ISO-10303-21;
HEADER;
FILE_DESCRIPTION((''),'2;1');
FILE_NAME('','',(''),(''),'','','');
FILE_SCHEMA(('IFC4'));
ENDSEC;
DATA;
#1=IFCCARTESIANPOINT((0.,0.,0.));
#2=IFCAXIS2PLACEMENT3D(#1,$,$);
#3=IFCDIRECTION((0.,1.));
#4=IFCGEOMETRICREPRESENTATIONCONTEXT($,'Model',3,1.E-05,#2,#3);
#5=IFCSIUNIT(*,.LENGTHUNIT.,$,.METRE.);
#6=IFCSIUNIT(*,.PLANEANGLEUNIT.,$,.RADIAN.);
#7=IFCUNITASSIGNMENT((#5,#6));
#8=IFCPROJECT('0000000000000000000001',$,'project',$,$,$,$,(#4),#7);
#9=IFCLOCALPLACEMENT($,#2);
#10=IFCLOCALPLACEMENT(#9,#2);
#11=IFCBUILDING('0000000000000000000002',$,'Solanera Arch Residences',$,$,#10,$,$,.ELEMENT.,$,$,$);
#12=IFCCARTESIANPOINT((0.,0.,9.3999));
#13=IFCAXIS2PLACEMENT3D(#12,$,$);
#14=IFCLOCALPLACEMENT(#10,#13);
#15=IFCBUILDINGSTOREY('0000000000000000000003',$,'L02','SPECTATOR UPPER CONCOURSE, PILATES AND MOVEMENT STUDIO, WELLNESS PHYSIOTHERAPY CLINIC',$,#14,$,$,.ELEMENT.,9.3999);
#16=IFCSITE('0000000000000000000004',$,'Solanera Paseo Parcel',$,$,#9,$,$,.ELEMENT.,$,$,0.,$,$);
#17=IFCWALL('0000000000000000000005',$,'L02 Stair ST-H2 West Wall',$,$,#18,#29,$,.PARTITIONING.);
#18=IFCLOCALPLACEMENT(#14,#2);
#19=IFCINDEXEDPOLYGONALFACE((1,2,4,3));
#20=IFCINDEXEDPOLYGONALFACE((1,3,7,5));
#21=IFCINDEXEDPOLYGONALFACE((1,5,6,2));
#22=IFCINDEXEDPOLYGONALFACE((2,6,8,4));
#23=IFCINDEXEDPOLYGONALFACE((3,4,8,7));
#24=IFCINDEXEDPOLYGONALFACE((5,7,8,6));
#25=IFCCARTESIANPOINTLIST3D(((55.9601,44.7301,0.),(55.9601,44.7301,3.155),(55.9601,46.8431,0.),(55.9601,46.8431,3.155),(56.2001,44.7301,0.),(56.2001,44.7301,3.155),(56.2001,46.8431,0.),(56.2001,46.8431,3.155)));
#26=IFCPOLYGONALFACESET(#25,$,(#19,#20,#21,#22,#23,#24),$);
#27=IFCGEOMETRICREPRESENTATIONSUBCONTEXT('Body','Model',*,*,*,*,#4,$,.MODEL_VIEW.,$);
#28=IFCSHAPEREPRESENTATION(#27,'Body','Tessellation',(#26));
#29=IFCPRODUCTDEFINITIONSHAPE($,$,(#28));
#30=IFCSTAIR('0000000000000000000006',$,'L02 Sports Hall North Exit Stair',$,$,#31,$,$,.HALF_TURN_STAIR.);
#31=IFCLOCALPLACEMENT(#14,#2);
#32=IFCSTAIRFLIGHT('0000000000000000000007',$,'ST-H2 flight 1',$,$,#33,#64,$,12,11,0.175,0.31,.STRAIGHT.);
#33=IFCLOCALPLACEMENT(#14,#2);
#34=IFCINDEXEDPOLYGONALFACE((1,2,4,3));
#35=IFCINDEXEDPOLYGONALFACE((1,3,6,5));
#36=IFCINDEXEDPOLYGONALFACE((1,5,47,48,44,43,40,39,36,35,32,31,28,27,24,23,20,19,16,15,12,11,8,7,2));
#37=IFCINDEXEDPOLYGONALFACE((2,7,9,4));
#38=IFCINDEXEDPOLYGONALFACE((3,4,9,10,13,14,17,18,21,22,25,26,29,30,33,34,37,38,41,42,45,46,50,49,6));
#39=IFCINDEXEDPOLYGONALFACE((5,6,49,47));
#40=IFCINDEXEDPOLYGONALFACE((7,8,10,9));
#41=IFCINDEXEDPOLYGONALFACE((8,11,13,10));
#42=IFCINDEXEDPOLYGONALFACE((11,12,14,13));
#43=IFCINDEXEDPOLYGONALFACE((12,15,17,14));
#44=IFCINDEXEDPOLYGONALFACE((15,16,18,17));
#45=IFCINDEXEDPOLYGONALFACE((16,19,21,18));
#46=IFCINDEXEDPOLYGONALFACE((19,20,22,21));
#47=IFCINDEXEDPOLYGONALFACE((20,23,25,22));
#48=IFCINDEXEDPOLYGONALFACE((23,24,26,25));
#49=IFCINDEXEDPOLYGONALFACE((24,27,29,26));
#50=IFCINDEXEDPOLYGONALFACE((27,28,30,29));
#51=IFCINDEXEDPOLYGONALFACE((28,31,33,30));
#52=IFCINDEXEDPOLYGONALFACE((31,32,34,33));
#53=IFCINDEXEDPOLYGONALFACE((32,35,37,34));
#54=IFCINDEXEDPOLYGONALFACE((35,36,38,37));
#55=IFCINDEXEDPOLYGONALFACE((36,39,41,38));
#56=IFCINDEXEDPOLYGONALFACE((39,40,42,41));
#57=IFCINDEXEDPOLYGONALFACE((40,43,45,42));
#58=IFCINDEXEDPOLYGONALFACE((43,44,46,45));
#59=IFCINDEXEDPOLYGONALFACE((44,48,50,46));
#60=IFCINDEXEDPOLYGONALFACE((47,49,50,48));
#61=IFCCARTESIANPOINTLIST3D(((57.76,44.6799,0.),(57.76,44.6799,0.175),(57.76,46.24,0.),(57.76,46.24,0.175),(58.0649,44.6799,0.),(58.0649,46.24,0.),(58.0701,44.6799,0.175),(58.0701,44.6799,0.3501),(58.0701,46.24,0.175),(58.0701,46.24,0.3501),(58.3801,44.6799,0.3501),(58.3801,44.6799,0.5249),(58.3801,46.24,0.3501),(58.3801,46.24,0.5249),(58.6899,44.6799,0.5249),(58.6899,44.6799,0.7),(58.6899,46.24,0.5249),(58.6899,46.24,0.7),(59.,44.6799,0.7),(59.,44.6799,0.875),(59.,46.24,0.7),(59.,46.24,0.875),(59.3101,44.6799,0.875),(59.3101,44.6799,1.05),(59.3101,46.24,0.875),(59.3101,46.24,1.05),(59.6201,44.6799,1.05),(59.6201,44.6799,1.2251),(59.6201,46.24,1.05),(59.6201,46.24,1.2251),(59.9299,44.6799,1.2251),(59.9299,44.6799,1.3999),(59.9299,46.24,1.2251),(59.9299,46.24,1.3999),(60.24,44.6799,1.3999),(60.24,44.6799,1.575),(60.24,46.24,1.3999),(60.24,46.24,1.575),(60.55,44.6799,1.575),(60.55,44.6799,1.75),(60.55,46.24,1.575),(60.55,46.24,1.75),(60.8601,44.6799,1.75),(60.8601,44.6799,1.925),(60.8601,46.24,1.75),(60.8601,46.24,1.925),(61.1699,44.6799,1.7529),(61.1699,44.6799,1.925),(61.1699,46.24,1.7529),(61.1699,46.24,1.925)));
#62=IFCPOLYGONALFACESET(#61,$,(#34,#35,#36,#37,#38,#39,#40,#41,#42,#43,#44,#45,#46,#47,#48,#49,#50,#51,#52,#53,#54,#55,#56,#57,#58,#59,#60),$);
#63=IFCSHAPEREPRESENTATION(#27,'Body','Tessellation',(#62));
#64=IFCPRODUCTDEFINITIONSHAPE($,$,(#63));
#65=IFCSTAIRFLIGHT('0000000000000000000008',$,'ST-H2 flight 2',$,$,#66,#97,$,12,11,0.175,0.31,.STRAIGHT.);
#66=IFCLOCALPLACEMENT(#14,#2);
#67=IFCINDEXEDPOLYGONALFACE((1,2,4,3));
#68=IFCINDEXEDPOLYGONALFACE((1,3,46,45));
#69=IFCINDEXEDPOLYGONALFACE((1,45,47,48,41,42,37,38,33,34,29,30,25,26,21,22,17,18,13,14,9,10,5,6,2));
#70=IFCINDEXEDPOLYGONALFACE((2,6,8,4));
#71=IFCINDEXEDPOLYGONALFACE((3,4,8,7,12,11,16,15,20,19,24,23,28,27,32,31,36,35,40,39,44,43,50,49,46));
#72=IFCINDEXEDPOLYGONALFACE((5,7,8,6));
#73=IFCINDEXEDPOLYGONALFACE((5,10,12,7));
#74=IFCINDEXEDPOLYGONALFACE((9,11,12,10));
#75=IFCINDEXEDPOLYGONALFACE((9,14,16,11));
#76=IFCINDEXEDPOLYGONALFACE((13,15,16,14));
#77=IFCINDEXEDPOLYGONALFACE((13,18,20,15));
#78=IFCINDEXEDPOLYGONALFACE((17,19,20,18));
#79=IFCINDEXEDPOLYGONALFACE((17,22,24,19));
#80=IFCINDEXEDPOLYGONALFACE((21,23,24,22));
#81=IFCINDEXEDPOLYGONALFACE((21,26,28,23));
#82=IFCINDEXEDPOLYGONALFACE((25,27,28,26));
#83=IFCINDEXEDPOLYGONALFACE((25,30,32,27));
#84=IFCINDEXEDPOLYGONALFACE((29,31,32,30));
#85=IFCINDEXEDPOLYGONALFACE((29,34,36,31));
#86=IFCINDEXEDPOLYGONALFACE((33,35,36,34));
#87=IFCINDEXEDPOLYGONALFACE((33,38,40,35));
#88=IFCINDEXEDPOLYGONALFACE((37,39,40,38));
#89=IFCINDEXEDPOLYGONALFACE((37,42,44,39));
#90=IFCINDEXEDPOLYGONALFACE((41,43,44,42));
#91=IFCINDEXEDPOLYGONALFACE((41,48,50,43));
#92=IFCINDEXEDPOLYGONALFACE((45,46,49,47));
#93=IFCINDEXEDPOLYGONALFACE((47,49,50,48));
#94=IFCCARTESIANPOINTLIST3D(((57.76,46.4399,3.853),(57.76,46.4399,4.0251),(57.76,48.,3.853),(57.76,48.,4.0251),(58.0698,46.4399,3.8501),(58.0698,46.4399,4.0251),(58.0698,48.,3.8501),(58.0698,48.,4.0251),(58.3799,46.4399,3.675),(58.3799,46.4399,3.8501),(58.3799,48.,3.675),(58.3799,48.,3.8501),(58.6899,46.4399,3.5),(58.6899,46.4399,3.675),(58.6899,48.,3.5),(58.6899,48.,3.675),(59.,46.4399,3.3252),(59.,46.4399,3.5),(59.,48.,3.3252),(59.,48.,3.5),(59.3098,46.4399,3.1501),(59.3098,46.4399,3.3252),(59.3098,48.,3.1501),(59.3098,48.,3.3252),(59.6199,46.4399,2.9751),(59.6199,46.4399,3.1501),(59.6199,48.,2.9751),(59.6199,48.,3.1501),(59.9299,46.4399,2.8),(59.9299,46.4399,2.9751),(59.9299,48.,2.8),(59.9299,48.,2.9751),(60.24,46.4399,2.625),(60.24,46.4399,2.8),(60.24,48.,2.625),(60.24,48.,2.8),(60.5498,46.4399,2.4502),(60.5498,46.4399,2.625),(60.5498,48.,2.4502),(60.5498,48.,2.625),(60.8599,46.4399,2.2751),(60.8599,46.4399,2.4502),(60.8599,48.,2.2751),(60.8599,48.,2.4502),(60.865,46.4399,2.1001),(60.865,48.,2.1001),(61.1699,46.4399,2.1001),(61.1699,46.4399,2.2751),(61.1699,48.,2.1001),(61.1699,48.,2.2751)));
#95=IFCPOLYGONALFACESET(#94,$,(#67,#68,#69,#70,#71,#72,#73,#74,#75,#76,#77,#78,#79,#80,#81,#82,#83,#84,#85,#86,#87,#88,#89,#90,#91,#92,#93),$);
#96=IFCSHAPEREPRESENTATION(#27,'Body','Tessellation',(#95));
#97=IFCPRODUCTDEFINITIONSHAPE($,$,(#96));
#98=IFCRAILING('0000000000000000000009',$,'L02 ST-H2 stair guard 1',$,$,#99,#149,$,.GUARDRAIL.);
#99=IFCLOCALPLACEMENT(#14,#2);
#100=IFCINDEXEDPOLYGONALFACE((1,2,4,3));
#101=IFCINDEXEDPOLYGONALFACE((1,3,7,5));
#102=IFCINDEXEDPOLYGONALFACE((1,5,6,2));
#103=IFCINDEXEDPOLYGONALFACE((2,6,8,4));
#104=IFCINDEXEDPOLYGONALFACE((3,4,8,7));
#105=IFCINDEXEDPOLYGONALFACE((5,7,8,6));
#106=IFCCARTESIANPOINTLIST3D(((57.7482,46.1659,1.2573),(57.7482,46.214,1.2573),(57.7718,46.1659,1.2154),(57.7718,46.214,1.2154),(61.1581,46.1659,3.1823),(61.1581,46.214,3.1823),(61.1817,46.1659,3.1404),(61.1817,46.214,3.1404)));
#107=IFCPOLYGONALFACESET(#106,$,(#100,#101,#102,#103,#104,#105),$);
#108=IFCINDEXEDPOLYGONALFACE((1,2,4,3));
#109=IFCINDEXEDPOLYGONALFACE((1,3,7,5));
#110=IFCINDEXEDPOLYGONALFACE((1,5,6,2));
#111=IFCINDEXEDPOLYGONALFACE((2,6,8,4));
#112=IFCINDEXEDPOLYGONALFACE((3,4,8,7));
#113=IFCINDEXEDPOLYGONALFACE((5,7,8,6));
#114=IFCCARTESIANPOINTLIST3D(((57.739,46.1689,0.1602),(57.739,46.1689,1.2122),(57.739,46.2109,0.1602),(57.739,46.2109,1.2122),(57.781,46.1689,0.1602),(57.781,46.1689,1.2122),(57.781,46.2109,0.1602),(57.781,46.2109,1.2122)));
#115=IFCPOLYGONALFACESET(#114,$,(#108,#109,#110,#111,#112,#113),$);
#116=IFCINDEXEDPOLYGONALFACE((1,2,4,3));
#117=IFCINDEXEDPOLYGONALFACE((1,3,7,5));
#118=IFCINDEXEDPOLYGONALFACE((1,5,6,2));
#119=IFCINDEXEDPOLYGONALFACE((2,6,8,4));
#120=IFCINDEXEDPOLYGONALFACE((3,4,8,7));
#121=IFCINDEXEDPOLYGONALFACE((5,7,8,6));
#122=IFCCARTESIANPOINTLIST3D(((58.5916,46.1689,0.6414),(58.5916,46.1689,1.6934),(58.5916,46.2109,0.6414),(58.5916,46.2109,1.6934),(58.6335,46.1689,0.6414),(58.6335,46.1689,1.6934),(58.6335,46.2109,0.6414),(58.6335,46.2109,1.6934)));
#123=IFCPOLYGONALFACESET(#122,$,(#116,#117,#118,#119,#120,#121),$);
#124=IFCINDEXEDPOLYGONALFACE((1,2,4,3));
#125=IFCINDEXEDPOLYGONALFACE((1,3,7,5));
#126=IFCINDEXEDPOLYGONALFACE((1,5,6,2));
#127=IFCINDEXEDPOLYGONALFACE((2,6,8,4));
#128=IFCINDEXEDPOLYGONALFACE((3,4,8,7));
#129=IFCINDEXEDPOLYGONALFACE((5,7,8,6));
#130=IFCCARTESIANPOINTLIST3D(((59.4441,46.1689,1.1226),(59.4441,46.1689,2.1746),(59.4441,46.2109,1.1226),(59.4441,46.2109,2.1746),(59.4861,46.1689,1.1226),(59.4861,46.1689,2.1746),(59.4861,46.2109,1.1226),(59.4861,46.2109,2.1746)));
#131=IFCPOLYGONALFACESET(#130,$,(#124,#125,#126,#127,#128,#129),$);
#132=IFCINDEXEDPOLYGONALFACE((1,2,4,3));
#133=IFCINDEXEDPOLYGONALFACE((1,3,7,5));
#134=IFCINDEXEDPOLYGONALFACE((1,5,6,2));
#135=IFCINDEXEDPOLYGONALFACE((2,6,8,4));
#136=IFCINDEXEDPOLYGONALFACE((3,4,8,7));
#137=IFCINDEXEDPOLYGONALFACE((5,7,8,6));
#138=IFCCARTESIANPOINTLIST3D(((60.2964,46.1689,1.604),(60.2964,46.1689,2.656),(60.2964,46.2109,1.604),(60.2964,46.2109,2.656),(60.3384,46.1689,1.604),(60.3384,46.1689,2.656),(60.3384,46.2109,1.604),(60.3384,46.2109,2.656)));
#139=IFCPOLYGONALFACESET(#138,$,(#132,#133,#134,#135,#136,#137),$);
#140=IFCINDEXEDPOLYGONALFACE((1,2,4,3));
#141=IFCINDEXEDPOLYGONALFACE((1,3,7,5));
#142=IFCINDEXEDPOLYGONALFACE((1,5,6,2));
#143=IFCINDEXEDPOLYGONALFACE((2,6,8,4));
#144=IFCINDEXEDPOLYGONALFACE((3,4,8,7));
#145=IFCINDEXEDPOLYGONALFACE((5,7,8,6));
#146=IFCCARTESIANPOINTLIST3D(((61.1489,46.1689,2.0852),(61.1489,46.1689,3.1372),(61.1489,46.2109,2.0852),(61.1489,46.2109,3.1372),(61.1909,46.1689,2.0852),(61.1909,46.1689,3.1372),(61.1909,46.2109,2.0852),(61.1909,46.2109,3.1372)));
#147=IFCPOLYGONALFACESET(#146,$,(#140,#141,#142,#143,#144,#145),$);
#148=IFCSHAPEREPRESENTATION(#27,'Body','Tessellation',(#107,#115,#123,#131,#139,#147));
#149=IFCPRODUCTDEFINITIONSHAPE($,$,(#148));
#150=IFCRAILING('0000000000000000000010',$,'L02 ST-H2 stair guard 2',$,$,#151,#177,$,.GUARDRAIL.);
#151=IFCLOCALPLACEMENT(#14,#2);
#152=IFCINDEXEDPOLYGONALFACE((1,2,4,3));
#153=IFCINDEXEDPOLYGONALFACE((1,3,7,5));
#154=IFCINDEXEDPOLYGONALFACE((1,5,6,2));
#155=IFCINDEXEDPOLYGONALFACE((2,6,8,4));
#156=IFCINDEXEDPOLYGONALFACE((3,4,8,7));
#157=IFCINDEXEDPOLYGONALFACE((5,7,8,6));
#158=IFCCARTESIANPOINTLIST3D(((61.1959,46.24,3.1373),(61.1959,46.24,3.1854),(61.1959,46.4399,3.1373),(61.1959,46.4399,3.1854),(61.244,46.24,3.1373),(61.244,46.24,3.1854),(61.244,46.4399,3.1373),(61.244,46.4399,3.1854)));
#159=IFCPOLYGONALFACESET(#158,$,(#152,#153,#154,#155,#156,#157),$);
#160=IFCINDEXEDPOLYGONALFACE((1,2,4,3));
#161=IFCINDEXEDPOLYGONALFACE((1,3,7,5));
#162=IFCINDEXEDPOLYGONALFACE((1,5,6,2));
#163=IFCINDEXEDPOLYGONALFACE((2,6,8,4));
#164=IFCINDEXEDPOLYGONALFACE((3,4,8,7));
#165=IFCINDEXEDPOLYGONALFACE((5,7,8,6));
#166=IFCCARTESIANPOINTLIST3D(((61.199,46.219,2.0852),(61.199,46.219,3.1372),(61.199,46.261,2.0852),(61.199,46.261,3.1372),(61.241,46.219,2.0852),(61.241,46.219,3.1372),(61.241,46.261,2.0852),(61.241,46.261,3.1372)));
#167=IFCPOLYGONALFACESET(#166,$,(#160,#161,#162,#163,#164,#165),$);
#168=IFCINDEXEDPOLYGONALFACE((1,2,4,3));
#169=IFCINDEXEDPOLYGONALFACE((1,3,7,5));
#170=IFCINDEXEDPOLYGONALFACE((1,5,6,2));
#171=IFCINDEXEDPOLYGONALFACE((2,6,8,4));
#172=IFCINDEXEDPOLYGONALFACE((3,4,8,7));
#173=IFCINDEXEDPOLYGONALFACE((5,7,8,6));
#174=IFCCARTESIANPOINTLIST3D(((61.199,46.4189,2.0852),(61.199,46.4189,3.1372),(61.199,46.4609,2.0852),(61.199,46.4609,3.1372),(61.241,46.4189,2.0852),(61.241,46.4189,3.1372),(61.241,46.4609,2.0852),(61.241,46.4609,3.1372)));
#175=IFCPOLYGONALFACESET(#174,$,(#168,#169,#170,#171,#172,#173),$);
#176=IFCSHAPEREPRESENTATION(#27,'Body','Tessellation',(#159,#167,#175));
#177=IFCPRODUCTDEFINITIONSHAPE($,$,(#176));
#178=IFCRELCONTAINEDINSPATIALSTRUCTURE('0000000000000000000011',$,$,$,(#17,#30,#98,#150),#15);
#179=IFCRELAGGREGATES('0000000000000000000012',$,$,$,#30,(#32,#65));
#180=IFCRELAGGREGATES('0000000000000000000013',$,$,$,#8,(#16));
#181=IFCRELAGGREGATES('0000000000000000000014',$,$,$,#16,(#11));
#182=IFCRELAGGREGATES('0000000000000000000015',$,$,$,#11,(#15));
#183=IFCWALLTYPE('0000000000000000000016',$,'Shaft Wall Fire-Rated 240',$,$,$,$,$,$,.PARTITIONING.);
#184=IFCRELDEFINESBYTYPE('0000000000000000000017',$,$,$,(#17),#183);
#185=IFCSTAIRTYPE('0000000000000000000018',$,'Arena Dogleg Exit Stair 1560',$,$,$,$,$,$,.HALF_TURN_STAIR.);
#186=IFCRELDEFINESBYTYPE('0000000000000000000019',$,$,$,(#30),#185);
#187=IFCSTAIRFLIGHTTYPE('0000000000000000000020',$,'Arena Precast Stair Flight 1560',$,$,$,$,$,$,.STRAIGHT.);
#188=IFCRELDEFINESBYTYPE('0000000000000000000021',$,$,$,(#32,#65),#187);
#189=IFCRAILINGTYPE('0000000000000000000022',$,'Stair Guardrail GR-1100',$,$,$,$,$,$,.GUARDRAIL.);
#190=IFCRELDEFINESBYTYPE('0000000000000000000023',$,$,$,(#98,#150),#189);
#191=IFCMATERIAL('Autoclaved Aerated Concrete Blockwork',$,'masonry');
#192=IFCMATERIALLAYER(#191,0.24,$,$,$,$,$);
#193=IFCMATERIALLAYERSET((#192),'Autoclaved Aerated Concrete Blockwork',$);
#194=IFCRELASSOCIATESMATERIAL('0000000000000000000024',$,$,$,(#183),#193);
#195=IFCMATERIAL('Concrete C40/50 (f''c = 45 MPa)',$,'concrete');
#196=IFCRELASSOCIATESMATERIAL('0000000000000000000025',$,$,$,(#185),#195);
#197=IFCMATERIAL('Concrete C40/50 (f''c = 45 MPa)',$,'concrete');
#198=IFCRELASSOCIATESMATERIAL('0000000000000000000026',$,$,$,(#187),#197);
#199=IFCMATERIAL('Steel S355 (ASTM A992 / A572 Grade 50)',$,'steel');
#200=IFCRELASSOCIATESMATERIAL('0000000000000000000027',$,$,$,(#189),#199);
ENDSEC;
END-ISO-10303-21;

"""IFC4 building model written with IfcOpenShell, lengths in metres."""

from ifc_helpers import new_model, si_unit, direction, frame, frame_2d, origin, origin_2d, place, context, subcontext, project, spatial, polyline, rectangle, outline, extrude, material, layer, layer_set, type_object, element, aggregate, save


model = new_model("IFC4")

# Units and contexts
model_context = context("Model", 3, precision=1e-05, world=origin(), true_north=direction((0.0, 1.0)))
body_context = subcontext(model_context, "Body", "Model", "MODEL_VIEW")
ifc_project = project(units=[si_unit("LENGTHUNIT", "METRE"), si_unit("PLANEANGLEUNIT", "RADIAN")], contexts=[model_context])

# Site, building, storey
site_placement = place(None, origin())
site = spatial("IfcSite", under=ifc_project, at=site_placement, Name="Solanera Paseo Parcel", CompositionType="ELEMENT", RefElevation=0.0)
building_placement = place(site_placement, origin())
building = spatial("IfcBuilding", under=site, at=building_placement, Name="Solanera Arch Residences", CompositionType="ELEMENT")
storey_placement = place(building_placement, frame((0.0, 0.0, 9.3999)))
storey = spatial("IfcBuildingStorey", under=building, at=storey_placement, Name="L02", Description="SPECTATOR UPPER CONCOURSE, PILATES AND MOVEMENT STUDIO, WELLNESS PHYSIOTHERAPY CLINIC", CompositionType="ELEMENT", Elevation=9.3999)

# Wall
ifc_material_1 = material(Name="Autoclaved Aerated Concrete Blockwork", Category="masonry")
ifc_layer_1 = layer(ifc_material_1, 0.24)
ifc_layer_set_1 = layer_set([ifc_layer_1], Name="Autoclaved Aerated Concrete Blockwork")
wall_type_1 = type_object("IfcWallType", Name="Shaft Wall Fire-Rated 240", PredefinedType="PARTITIONING", material=ifc_layer_set_1)
wall_1_placement = place(storey_placement, frame((56.0801, 44.73, 0.0), z_axis=(0.0, 0.0, 1.0), x_axis=(0.0, 1.0, 0.0)))
element("IfcWall", 1, at=wall_1_placement, inside=storey, type_object=wall_type_1, Name="L02 Stair ST-H2 West Wall", PredefinedType="PARTITIONING", context=body_context, shape_type="SweptSolid", body=[
    extrude(rectangle(XDim=2.113, YDim=0.24, at=frame_2d((1.0566, 0.0))), origin(), (0.0, 0.0, 1.0), 3.155),
])

# Stair, stair flights
ifc_material_2 = material(Name="Concrete C40/50 (f'c = 45 MPa)", Category="concrete")
stair_type = type_object("IfcStairType", Name="Arena Dogleg Exit Stair 1560", PredefinedType="HALF_TURN_STAIR", material=ifc_material_2)
stair_placement = place(storey_placement, origin())
stair = element("IfcStair", 2, at=stair_placement, inside=storey, type_object=stair_type, Name="L02 Sports Hall North Exit Stair", PredefinedType="HALF_TURN_STAIR")
ifc_material_3 = material(Name="Concrete C40/50 (f'c = 45 MPa)", Category="concrete")
stair_flight_type = type_object("IfcStairFlightType", Name="Arena Precast Stair Flight 1560", PredefinedType="STRAIGHT", material=ifc_material_3)
stair_flight_1_placement = place(storey_placement, frame((57.76, 45.46, 0.0), z_axis=(0.0, 0.0, 1.0), x_axis=(1.0, 0.0, 0.0)))
stair_flight_1 = element("IfcStairFlight", 3, at=stair_flight_1_placement, type_object=stair_flight_type, Name="ST-H2 flight 1", NumberOfRisers=12, NumberOfTreads=11, PredefinedType="STRAIGHT", RiserHeight=0.175, TreadLength=0.31, context=body_context, shape_type="SweptSolid", body=[
    extrude(outline(polyline([(0.0, 0.0), (0.0, 0.175), (0.3101, 0.175), (0.3101, 0.3501), (0.6201, 0.3501), (0.6201, 0.5249), (0.9299, 0.5249), (0.9299, 0.7), (1.24, 0.7), (1.24, 0.875), (1.55, 0.875), (1.55, 1.05), (1.8601, 1.05), (1.8601, 1.2251), (2.1699, 1.2251), (2.1699, 1.3999), (2.48, 1.3999), (2.48, 1.575), (2.79, 1.575), (2.79, 1.75), (3.1001, 1.75), (3.1001, 1.925), (3.4099, 1.925), (3.4099, 2.1001), (3.4099, 1.7529), (0.3049, 0.0), (0.0, 0.0)])), frame((0.0, 0.78, 0.0), z_axis=(0.0, -1.0, 0.0), x_axis=(1.0, 0.0, 0.0)), (0.0, 0.0, 1.0), 1.5601),
])
stair_flight_2_placement = place(storey_placement, frame((61.1699, 47.22, 2.1001), z_axis=(0.0, 0.0, 1.0), x_axis=(-1.0, 0.0, 0.0)))
stair_flight_2 = element("IfcStairFlight", 4, at=stair_flight_2_placement, type_object=stair_flight_type, Name="ST-H2 flight 2", NumberOfRisers=12, NumberOfTreads=11, PredefinedType="STRAIGHT", RiserHeight=0.175, TreadLength=0.31, context=body_context, shape_type="SweptSolid", body=[
    extrude(outline(polyline([(0.0, 0.0), (0.0, 0.175), (0.3101, 0.175), (0.3101, 0.3501), (0.6201, 0.3501), (0.6201, 0.5249), (0.9299, 0.5249), (0.9299, 0.7), (1.24, 0.7), (1.24, 0.875), (1.55, 0.875), (1.55, 1.05), (1.8601, 1.05), (1.8601, 1.2251), (2.1699, 1.2251), (2.1699, 1.3999), (2.48, 1.3999), (2.48, 1.575), (2.79, 1.575), (2.79, 1.75), (3.1001, 1.75), (3.1001, 1.925), (3.4099, 1.925), (3.4099, 2.1001), (3.4099, 1.7529), (0.3049, 0.0), (0.0, 0.0)])), frame((0.0, 0.78, 0.0), z_axis=(0.0, -1.0, 0.0), x_axis=(1.0, 0.0, 0.0)), (0.0, 0.0, 1.0), 1.5601),
])
aggregate(stair, [stair_flight_1, stair_flight_2])

# Railings
ifc_material_4 = material(Name="Steel S355 (ASTM A992 / A572 Grade 50)", Category="steel")
railing_type_1 = type_object("IfcRailingType", Name="Stair Guardrail GR-1100", PredefinedType="GUARDRAIL", material=ifc_material_4)
railing_1_placement = place(storey_placement, frame((57.76, 46.1899, 0.1602)))
element("IfcRailing", 5, at=railing_1_placement, inside=storey, type_object=railing_type_1, Name="L02 ST-H2 stair guard 1", PredefinedType="GUARDRAIL", context=body_context, shape_type="SweptSolid", body=[
    extrude(rectangle(XDim=0.0481, YDim=0.0481, at=origin_2d()), frame((0.0, 0.0, 1.0762), z_axis=(0.870814, 0.0, 0.491613), x_axis=(0.0, 1.0, 0.0)), (0.0, 0.0, 1.0), 3.9158),
    extrude(rectangle(XDim=0.042, YDim=0.042, at=origin_2d()), origin(), (0.0, 0.0, 1.0), 1.052),
    extrude(rectangle(XDim=0.042, YDim=0.042, at=origin_2d()), frame((0.8525, 0.0, 0.4812)), (0.0, 0.0, 1.0), 1.052),
    extrude(rectangle(XDim=0.042, YDim=0.042, at=origin_2d()), frame((1.7051, 0.0, 0.9624)), (0.0, 0.0, 1.0), 1.052),
    extrude(rectangle(XDim=0.042, YDim=0.042, at=origin_2d()), frame((2.5574, 0.0, 1.4438)), (0.0, 0.0, 1.0), 1.052),
    extrude(rectangle(XDim=0.042, YDim=0.042, at=origin_2d()), frame((3.4099, 0.0, 1.925)), (0.0, 0.0, 1.0), 1.052),
])
railing_2_placement = place(storey_placement, frame((61.22, 46.24, 2.0852)))
element("IfcRailing", 6, at=railing_2_placement, inside=storey, type_object=railing_type_1, Name="L02 ST-H2 stair guard 2", PredefinedType="GUARDRAIL", context=body_context, shape_type="SweptSolid", body=[
    extrude(rectangle(XDim=0.0481, YDim=0.0481, at=origin_2d()), frame((0.0, 0.0, 1.0762), z_axis=(0.0, 1.0, 0.0), x_axis=(-1.0, 0.0, 0.0)), (0.0, 0.0, 1.0), 0.2),
    extrude(rectangle(XDim=0.042, YDim=0.042, at=origin_2d()), origin(), (0.0, 0.0, 1.0), 1.052),
    extrude(rectangle(XDim=0.042, YDim=0.042, at=origin_2d()), frame((0.0, 0.2, 0.0)), (0.0, 0.0, 1.0), 1.052),
])

save(model, "model.ifc")
